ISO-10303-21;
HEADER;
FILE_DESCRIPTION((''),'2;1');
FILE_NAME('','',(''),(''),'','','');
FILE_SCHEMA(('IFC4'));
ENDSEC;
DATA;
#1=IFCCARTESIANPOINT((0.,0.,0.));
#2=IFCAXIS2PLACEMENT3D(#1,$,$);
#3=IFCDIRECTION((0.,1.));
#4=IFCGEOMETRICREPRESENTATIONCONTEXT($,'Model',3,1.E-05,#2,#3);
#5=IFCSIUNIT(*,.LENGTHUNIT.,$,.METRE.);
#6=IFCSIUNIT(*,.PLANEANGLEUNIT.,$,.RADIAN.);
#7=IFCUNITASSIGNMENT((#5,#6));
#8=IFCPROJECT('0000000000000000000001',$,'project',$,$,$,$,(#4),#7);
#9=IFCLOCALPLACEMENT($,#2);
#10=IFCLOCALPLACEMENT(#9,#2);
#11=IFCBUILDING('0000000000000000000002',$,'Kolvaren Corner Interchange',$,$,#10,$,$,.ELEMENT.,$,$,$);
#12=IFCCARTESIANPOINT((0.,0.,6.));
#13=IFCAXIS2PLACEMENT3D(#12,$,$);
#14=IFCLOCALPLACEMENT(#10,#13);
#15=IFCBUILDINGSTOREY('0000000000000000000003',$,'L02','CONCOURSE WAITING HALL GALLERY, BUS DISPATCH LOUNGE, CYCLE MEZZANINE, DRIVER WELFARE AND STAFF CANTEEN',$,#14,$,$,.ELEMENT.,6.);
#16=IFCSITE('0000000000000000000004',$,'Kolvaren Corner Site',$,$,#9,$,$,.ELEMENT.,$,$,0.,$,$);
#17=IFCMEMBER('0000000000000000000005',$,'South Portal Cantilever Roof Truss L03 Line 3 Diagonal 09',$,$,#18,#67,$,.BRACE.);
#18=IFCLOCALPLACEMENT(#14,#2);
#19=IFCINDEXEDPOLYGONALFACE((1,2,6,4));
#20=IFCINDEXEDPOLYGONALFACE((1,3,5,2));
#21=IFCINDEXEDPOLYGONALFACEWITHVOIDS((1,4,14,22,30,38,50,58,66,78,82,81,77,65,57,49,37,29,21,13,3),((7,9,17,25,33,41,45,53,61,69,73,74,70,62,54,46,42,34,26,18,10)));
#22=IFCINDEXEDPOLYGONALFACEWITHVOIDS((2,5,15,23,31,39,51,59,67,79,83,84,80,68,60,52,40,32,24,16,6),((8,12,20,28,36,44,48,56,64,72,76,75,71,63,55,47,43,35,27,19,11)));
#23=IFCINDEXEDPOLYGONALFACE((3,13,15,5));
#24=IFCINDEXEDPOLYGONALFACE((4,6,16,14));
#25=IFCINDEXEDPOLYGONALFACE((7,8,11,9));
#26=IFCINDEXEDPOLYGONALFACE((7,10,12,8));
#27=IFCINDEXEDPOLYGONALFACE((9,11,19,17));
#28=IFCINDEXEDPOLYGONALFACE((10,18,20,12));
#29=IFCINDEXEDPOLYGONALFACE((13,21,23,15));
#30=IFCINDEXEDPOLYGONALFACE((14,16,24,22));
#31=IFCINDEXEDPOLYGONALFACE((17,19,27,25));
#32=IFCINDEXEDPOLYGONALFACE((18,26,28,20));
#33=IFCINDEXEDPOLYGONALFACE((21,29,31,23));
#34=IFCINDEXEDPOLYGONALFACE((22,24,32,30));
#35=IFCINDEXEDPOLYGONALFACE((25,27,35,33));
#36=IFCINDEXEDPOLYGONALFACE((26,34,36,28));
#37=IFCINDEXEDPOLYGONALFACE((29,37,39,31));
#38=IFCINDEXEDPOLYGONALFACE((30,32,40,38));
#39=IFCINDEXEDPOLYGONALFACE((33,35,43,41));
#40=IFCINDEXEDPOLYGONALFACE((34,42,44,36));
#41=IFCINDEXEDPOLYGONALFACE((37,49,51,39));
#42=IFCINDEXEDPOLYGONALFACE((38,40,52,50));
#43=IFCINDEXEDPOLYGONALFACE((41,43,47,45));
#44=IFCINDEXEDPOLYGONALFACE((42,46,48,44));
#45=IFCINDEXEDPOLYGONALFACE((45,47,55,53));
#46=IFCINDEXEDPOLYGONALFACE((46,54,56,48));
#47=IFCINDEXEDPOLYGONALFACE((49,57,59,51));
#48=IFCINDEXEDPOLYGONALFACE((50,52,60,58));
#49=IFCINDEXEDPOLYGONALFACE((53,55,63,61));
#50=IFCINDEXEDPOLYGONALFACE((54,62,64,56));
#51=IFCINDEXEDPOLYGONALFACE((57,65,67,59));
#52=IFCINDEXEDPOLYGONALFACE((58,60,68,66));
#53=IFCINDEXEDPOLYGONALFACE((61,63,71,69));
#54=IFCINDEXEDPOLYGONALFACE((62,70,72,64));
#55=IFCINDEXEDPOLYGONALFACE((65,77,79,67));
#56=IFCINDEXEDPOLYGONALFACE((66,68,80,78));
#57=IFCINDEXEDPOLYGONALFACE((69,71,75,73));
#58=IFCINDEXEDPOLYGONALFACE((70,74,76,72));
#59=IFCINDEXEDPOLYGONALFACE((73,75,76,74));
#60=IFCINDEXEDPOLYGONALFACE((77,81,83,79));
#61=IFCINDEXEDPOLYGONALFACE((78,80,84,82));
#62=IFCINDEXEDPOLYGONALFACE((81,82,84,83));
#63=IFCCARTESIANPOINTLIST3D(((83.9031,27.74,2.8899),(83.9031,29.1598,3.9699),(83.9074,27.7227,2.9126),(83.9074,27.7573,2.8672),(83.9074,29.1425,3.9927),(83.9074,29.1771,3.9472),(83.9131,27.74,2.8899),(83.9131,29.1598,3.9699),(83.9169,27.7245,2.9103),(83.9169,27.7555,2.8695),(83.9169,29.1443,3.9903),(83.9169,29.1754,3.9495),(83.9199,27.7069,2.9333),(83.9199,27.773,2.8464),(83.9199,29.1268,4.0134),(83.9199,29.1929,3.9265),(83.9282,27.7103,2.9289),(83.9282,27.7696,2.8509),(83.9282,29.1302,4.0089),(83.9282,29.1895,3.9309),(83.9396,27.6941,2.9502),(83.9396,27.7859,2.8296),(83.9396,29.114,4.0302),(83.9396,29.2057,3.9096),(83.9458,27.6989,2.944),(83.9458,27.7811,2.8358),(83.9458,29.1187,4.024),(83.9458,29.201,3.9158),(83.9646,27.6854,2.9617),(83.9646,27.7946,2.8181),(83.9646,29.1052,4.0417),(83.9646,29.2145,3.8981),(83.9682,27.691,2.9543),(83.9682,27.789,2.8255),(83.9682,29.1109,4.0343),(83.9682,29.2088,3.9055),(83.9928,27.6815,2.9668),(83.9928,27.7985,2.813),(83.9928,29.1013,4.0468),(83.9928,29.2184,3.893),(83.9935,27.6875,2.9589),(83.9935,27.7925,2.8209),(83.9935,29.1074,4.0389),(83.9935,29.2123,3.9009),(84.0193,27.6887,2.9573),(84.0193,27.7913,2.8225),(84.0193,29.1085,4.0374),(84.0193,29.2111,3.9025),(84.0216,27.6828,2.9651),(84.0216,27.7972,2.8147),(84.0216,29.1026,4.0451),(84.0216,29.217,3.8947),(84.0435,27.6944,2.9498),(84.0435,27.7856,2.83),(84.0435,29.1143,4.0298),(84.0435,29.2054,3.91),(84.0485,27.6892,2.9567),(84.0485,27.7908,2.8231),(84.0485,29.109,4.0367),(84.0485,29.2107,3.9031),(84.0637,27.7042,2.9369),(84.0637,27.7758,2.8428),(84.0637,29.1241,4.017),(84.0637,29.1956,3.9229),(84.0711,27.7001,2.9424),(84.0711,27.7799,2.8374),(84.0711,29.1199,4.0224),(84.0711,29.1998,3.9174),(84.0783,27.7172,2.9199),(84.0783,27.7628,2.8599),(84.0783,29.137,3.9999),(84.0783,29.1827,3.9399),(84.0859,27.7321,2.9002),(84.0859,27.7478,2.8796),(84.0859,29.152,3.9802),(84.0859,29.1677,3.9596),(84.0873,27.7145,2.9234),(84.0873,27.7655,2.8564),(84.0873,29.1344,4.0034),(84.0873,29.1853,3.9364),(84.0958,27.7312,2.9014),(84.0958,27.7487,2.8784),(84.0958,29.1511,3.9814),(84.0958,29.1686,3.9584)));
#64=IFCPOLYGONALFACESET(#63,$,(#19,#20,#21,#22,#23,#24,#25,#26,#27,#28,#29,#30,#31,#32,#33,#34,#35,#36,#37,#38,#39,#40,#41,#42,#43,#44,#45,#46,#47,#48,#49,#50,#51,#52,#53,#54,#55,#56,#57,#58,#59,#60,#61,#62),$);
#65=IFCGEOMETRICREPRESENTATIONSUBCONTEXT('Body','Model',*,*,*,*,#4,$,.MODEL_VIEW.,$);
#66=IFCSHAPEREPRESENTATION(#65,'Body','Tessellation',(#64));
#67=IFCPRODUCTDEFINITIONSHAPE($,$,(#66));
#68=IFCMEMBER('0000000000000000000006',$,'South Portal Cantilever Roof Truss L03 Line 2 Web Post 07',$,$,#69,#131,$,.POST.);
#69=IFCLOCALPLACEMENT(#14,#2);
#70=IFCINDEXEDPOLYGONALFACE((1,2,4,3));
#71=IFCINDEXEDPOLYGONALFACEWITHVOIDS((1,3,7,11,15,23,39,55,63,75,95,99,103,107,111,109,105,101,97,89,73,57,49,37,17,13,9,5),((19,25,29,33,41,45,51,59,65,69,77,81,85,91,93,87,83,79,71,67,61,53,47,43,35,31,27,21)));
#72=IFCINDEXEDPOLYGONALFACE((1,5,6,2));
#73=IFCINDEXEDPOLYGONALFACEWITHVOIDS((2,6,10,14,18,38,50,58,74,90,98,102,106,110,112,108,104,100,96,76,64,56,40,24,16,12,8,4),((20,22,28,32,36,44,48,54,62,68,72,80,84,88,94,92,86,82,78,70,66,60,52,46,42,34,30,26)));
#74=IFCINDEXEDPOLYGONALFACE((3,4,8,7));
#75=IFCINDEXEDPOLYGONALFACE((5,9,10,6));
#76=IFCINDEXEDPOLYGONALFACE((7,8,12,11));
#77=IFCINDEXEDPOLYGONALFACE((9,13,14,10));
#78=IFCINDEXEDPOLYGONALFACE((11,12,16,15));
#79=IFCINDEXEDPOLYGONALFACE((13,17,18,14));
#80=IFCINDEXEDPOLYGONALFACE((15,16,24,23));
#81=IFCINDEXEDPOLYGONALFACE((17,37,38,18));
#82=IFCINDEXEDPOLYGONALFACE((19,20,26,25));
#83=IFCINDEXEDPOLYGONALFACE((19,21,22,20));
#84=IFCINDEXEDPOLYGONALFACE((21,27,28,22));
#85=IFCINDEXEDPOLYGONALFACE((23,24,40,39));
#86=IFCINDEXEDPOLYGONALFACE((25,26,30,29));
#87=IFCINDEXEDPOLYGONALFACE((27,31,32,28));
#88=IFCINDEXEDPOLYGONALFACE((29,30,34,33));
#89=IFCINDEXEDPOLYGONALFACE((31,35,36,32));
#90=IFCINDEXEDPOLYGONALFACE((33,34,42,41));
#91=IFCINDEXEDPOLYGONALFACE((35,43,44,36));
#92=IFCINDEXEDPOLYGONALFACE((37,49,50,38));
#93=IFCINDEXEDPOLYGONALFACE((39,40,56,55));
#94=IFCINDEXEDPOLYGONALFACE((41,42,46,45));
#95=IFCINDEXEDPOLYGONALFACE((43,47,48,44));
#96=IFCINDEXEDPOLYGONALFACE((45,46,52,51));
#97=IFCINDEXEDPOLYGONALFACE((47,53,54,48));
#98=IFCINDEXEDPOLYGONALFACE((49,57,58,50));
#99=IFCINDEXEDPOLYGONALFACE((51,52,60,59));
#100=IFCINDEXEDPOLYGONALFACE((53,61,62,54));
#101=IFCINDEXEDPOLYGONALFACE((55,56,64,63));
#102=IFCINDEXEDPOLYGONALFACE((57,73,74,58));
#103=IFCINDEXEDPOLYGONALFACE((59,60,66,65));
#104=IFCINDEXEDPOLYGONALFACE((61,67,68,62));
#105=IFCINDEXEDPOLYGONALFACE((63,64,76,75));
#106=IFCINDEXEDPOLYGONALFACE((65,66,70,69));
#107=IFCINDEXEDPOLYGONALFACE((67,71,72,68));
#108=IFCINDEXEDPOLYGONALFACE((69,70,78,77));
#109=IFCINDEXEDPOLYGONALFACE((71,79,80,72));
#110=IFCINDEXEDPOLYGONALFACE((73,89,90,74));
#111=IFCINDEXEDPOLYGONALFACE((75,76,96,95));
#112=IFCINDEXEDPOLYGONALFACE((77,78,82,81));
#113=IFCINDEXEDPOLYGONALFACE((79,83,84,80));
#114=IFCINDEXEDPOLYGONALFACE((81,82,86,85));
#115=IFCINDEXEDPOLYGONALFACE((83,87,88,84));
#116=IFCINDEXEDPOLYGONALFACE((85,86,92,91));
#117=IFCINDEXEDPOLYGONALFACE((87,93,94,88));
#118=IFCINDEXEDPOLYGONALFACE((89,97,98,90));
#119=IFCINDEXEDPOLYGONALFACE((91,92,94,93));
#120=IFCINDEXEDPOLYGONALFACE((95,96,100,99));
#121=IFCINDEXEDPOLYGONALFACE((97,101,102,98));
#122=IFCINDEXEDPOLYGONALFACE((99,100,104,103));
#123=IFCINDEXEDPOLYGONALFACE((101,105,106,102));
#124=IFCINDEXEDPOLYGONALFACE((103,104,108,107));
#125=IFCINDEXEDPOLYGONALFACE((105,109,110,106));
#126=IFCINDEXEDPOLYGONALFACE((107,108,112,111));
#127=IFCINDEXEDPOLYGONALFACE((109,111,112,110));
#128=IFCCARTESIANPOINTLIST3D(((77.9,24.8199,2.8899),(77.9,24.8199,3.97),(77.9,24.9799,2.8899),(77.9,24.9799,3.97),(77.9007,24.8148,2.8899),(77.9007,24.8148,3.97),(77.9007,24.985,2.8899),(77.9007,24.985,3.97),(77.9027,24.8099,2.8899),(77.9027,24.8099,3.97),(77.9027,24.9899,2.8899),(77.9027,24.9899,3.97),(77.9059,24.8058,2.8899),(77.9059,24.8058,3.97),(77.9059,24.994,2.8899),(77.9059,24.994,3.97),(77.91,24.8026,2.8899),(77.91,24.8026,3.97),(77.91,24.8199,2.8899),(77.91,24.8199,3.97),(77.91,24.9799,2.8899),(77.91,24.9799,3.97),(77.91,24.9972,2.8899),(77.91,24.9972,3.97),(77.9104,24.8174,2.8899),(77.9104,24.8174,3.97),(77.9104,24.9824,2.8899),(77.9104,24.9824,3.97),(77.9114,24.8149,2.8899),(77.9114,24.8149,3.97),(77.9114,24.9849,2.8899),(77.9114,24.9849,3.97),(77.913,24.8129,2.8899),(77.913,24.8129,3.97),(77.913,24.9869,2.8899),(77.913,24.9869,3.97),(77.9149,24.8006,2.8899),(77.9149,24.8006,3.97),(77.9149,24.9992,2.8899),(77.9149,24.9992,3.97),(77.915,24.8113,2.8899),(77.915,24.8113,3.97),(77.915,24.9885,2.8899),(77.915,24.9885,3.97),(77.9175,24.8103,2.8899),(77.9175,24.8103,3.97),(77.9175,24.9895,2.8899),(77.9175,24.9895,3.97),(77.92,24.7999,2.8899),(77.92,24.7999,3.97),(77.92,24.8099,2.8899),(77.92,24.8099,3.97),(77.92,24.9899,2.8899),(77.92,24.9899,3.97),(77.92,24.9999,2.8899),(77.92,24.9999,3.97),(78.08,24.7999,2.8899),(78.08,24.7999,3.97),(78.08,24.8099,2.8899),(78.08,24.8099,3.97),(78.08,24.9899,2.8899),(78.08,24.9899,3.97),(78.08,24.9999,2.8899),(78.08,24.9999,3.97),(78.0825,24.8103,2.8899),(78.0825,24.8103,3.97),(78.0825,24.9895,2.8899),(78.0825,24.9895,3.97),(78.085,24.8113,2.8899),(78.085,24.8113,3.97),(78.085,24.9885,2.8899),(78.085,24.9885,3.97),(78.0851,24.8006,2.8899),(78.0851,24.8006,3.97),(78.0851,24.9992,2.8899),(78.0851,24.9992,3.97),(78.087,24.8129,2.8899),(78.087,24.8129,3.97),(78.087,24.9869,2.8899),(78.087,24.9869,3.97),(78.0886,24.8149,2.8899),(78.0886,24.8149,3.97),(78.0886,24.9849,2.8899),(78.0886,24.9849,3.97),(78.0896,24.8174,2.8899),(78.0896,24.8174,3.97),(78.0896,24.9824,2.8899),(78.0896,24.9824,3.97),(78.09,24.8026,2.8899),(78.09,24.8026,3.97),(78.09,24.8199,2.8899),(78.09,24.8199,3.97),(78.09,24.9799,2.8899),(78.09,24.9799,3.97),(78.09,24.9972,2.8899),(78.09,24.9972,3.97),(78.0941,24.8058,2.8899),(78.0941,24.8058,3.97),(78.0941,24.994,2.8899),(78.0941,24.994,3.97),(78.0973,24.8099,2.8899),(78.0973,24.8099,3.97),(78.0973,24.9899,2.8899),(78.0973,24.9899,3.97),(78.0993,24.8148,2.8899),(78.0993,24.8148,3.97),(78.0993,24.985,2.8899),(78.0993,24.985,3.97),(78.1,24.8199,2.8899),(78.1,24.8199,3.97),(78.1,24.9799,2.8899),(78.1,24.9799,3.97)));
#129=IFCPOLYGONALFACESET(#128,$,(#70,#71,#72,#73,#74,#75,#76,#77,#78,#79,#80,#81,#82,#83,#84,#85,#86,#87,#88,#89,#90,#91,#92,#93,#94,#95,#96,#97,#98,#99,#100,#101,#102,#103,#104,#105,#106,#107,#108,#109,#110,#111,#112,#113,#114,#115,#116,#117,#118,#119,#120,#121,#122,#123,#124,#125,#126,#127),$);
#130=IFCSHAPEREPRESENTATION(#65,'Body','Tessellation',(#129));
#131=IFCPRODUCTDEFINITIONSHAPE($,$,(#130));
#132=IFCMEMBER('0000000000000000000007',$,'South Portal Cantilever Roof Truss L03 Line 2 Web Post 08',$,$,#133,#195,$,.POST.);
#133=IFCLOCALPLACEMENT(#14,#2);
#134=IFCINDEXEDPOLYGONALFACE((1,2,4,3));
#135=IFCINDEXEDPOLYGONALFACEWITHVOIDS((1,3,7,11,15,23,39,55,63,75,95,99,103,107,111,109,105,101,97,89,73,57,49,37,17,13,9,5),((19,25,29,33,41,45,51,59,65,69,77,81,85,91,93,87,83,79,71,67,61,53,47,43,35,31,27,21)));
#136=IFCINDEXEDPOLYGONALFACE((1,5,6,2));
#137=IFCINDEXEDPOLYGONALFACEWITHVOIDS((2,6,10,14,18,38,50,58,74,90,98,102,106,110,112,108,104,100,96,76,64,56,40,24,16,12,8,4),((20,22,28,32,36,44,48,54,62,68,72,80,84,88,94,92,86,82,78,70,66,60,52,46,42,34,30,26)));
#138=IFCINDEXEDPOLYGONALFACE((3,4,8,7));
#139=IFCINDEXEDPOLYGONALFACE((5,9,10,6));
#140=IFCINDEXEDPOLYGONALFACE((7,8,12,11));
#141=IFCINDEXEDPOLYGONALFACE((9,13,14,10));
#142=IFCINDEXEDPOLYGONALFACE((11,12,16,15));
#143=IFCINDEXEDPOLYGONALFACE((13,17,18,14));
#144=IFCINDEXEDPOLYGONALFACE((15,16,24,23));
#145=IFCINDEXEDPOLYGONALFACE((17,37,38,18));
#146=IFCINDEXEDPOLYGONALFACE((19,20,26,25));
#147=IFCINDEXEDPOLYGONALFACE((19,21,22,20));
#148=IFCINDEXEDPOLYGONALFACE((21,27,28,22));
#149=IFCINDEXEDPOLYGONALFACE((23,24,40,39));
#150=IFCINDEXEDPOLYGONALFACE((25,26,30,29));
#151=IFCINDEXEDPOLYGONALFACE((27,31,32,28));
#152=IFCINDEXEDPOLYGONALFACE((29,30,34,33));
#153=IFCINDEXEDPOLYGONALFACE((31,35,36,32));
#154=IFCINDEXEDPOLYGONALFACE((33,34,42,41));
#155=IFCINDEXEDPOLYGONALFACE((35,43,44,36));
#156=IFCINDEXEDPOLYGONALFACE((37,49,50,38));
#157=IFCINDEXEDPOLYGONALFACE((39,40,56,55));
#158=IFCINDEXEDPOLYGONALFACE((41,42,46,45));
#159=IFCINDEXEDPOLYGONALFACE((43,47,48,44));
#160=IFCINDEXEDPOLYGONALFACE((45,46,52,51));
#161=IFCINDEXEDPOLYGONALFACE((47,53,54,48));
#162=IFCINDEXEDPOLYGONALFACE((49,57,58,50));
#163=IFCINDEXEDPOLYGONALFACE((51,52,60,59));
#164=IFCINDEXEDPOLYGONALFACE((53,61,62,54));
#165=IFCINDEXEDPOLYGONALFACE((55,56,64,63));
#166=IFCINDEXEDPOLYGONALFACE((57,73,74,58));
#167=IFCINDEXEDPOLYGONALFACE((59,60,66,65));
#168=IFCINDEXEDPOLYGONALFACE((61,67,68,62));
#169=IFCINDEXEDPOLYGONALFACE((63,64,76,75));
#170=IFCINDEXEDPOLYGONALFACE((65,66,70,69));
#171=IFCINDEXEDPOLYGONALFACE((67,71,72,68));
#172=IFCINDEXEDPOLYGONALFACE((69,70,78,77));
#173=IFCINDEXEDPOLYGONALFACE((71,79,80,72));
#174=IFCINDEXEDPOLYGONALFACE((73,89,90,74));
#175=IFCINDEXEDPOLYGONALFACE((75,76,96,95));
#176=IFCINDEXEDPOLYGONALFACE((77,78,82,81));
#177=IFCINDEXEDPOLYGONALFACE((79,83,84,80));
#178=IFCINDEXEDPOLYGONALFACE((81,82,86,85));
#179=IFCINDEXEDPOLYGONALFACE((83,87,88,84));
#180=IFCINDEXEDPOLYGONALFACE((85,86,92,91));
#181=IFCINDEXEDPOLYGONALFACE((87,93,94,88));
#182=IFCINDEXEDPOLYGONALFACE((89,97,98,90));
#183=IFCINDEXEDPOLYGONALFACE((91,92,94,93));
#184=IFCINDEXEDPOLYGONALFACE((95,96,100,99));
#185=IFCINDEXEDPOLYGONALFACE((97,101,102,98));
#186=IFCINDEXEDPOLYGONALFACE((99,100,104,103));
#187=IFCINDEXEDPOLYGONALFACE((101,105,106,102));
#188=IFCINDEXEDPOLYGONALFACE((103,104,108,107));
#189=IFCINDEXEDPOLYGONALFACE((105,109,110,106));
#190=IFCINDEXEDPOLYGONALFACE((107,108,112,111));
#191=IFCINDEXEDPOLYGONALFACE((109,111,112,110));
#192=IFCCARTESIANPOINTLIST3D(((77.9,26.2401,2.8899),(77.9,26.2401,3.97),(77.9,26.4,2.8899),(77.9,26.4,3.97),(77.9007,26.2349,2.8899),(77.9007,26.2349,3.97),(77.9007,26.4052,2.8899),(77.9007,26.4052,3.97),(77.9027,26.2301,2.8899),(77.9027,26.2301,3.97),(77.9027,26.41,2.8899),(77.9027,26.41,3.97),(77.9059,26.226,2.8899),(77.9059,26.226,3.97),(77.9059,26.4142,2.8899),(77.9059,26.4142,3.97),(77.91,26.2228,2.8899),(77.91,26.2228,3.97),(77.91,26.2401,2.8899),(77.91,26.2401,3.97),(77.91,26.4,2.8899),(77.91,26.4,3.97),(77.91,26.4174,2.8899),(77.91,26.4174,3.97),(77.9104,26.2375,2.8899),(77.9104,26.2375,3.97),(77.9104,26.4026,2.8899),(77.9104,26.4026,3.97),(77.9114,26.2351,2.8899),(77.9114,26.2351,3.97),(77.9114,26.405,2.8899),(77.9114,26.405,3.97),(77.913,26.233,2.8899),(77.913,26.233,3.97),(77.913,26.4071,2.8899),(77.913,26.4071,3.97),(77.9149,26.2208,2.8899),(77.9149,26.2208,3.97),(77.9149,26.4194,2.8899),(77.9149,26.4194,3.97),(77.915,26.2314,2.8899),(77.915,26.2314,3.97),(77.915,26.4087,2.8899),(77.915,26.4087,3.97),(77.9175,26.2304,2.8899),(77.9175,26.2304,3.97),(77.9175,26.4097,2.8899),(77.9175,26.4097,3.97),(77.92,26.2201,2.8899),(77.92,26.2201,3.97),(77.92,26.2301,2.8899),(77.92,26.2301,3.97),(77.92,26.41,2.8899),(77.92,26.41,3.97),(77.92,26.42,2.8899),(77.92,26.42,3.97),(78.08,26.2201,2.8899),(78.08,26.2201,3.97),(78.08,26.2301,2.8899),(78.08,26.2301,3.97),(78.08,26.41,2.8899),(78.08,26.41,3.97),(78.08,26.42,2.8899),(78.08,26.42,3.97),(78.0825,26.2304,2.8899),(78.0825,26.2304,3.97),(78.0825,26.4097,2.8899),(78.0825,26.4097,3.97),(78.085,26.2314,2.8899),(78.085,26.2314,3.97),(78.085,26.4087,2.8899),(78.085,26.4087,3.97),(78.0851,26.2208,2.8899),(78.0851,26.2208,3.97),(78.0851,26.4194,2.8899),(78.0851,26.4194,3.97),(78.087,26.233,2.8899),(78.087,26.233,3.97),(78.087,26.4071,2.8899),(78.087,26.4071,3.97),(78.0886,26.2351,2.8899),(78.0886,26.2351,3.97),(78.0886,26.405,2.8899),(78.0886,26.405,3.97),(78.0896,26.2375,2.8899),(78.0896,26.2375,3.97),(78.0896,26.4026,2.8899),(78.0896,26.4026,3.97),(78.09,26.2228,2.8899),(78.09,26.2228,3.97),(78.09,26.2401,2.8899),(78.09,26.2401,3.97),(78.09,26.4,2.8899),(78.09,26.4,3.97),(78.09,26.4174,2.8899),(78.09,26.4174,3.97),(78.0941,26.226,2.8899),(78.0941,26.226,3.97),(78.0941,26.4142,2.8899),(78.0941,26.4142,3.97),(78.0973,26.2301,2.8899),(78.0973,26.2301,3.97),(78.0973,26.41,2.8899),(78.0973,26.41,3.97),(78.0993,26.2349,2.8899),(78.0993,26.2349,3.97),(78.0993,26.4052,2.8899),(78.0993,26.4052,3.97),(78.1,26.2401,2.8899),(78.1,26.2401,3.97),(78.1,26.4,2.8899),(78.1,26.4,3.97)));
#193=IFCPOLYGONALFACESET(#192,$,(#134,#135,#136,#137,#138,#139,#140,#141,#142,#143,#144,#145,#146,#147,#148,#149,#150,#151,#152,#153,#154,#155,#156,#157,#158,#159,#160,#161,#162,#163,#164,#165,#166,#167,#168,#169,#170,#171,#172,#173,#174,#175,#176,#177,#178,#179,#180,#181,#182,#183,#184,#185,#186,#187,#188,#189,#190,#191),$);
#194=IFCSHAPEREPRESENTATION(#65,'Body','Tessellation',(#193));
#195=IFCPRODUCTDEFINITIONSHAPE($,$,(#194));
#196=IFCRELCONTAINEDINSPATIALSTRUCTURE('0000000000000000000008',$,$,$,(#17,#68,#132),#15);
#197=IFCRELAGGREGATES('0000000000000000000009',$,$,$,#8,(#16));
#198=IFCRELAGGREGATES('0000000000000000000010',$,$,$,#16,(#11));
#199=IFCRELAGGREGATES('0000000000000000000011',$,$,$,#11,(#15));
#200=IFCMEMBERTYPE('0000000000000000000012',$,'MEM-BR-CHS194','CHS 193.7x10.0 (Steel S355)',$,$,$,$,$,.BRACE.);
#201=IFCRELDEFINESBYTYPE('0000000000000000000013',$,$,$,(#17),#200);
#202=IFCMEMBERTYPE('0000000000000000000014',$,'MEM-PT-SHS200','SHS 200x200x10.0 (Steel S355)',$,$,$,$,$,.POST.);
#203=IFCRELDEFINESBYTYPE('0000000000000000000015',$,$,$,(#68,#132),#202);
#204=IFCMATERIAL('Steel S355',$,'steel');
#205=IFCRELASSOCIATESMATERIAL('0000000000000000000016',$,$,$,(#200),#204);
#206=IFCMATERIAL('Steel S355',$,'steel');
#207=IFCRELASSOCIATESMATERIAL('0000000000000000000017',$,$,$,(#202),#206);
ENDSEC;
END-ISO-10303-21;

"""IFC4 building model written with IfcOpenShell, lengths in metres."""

from ifc_helpers import new_model, si_unit, direction, frame, origin, origin_2d, place, context, subcontext, project, spatial, hollow_rectangle, hollow_circle, extrude, material, material_profile, profile_set, type_object, element, save


model = new_model("IFC4")

# Units and contexts
model_context = context("Model", 3, precision=1e-05, world=origin(), true_north=direction((0.0, 1.0)))
body_context = subcontext(model_context, "Body", "Model", "MODEL_VIEW")
ifc_project = project(units=[si_unit("LENGTHUNIT", "METRE"), si_unit("PLANEANGLEUNIT", "RADIAN")], contexts=[model_context])

# Site, building, storey
site_placement = place(None, origin())
site = spatial("IfcSite", under=ifc_project, at=site_placement, Name="Kolvaren Corner Site", CompositionType="ELEMENT", RefElevation=0.0)
building_placement = place(site_placement, origin())
building = spatial("IfcBuilding", under=site, at=building_placement, Name="Kolvaren Corner Interchange", CompositionType="ELEMENT")
storey_placement = place(building_placement, frame((0.0, 0.0, 6.0)))
storey = spatial("IfcBuildingStorey", under=building, at=storey_placement, Name="L02", Description="CONCOURSE WAITING HALL GALLERY, BUS DISPATCH LOUNGE, CYCLE MEZZANINE, DRIVER WELFARE AND STAFF CANTEEN", CompositionType="ELEMENT", Elevation=6.0)

# Members
ifc_material_1 = material(Name="Steel S355", Category="steel")
ifc_material_profile_1 = material_profile(ifc_material_1, hollow_circle(Radius=0.0969, WallThickness=0.01, at=origin_2d()), Name="CHS 193.7x10.0")
ifc_profile_set_1 = profile_set([ifc_material_profile_1], Name="Steel S355")
member_type_1 = type_object("IfcMemberType", Name="MEM-BR-CHS194", Description="CHS 193.7x10.0 (Steel S355)", PredefinedType="BRACE", material=ifc_profile_set_1)
for number, where, z_axis, x_axis, name in (
    (1, (84.0, 27.74, 2.8899), (0.0, 0.795909, 0.605416), (-1.0, 0.0, 0.0), "South Portal Cantilever Roof Truss L03 Line 3 Diagonal 09"),
):
    element("IfcMember", number, at=place(storey_placement, frame(where, z_axis=z_axis, x_axis=x_axis)), inside=storey, type_object=member_type_1, Name=name, PredefinedType="BRACE", context=body_context, shape_type="SweptSolid", body=[
        extrude(hollow_circle(Radius=0.0969, WallThickness=0.01, at=origin_2d()), origin(), (0.0, 0.0, 1.0), 1.7839),
    ])
ifc_material_2 = material(Name="Steel S355", Category="steel")
ifc_material_profile_2 = material_profile(ifc_material_2, hollow_rectangle(XDim=0.2, YDim=0.2, WallThickness=0.01, InnerFilletRadius=0.01, OuterFilletRadius=0.02, at=origin_2d()), Name="SHS 200x200x10.0")
ifc_profile_set_2 = profile_set([ifc_material_profile_2], Name="Steel S355")
member_type_2 = type_object("IfcMemberType", Name="MEM-PT-SHS200", Description="SHS 200x200x10.0 (Steel S355)", PredefinedType="POST", material=ifc_profile_set_2)
for number, where, z_axis, x_axis, name in (
    (2, (78.0, 24.8999, 2.8899), (0.0, 0.0, 1.0), (1.0, 0.0, 0.0), "South Portal Cantilever Roof Truss L03 Line 2 Web Post 07"),
    (3, (78.0, 26.3201, 2.8899), (0.0, 0.0, 1.0), (1.0, 0.0, 0.0), "South Portal Cantilever Roof Truss L03 Line 2 Web Post 08"),
):
    element("IfcMember", number, at=place(storey_placement, frame(where, z_axis=z_axis, x_axis=x_axis)), inside=storey, type_object=member_type_2, Name=name, PredefinedType="POST", context=body_context, shape_type="SweptSolid", body=[
        extrude(hollow_rectangle(XDim=0.2, YDim=0.2, WallThickness=0.01, InnerFilletRadius=0.01, OuterFilletRadius=0.02, at=origin_2d()), origin(), (0.0, 0.0, 1.0), 1.0801),
    ])

save(model, "model.ifc")
